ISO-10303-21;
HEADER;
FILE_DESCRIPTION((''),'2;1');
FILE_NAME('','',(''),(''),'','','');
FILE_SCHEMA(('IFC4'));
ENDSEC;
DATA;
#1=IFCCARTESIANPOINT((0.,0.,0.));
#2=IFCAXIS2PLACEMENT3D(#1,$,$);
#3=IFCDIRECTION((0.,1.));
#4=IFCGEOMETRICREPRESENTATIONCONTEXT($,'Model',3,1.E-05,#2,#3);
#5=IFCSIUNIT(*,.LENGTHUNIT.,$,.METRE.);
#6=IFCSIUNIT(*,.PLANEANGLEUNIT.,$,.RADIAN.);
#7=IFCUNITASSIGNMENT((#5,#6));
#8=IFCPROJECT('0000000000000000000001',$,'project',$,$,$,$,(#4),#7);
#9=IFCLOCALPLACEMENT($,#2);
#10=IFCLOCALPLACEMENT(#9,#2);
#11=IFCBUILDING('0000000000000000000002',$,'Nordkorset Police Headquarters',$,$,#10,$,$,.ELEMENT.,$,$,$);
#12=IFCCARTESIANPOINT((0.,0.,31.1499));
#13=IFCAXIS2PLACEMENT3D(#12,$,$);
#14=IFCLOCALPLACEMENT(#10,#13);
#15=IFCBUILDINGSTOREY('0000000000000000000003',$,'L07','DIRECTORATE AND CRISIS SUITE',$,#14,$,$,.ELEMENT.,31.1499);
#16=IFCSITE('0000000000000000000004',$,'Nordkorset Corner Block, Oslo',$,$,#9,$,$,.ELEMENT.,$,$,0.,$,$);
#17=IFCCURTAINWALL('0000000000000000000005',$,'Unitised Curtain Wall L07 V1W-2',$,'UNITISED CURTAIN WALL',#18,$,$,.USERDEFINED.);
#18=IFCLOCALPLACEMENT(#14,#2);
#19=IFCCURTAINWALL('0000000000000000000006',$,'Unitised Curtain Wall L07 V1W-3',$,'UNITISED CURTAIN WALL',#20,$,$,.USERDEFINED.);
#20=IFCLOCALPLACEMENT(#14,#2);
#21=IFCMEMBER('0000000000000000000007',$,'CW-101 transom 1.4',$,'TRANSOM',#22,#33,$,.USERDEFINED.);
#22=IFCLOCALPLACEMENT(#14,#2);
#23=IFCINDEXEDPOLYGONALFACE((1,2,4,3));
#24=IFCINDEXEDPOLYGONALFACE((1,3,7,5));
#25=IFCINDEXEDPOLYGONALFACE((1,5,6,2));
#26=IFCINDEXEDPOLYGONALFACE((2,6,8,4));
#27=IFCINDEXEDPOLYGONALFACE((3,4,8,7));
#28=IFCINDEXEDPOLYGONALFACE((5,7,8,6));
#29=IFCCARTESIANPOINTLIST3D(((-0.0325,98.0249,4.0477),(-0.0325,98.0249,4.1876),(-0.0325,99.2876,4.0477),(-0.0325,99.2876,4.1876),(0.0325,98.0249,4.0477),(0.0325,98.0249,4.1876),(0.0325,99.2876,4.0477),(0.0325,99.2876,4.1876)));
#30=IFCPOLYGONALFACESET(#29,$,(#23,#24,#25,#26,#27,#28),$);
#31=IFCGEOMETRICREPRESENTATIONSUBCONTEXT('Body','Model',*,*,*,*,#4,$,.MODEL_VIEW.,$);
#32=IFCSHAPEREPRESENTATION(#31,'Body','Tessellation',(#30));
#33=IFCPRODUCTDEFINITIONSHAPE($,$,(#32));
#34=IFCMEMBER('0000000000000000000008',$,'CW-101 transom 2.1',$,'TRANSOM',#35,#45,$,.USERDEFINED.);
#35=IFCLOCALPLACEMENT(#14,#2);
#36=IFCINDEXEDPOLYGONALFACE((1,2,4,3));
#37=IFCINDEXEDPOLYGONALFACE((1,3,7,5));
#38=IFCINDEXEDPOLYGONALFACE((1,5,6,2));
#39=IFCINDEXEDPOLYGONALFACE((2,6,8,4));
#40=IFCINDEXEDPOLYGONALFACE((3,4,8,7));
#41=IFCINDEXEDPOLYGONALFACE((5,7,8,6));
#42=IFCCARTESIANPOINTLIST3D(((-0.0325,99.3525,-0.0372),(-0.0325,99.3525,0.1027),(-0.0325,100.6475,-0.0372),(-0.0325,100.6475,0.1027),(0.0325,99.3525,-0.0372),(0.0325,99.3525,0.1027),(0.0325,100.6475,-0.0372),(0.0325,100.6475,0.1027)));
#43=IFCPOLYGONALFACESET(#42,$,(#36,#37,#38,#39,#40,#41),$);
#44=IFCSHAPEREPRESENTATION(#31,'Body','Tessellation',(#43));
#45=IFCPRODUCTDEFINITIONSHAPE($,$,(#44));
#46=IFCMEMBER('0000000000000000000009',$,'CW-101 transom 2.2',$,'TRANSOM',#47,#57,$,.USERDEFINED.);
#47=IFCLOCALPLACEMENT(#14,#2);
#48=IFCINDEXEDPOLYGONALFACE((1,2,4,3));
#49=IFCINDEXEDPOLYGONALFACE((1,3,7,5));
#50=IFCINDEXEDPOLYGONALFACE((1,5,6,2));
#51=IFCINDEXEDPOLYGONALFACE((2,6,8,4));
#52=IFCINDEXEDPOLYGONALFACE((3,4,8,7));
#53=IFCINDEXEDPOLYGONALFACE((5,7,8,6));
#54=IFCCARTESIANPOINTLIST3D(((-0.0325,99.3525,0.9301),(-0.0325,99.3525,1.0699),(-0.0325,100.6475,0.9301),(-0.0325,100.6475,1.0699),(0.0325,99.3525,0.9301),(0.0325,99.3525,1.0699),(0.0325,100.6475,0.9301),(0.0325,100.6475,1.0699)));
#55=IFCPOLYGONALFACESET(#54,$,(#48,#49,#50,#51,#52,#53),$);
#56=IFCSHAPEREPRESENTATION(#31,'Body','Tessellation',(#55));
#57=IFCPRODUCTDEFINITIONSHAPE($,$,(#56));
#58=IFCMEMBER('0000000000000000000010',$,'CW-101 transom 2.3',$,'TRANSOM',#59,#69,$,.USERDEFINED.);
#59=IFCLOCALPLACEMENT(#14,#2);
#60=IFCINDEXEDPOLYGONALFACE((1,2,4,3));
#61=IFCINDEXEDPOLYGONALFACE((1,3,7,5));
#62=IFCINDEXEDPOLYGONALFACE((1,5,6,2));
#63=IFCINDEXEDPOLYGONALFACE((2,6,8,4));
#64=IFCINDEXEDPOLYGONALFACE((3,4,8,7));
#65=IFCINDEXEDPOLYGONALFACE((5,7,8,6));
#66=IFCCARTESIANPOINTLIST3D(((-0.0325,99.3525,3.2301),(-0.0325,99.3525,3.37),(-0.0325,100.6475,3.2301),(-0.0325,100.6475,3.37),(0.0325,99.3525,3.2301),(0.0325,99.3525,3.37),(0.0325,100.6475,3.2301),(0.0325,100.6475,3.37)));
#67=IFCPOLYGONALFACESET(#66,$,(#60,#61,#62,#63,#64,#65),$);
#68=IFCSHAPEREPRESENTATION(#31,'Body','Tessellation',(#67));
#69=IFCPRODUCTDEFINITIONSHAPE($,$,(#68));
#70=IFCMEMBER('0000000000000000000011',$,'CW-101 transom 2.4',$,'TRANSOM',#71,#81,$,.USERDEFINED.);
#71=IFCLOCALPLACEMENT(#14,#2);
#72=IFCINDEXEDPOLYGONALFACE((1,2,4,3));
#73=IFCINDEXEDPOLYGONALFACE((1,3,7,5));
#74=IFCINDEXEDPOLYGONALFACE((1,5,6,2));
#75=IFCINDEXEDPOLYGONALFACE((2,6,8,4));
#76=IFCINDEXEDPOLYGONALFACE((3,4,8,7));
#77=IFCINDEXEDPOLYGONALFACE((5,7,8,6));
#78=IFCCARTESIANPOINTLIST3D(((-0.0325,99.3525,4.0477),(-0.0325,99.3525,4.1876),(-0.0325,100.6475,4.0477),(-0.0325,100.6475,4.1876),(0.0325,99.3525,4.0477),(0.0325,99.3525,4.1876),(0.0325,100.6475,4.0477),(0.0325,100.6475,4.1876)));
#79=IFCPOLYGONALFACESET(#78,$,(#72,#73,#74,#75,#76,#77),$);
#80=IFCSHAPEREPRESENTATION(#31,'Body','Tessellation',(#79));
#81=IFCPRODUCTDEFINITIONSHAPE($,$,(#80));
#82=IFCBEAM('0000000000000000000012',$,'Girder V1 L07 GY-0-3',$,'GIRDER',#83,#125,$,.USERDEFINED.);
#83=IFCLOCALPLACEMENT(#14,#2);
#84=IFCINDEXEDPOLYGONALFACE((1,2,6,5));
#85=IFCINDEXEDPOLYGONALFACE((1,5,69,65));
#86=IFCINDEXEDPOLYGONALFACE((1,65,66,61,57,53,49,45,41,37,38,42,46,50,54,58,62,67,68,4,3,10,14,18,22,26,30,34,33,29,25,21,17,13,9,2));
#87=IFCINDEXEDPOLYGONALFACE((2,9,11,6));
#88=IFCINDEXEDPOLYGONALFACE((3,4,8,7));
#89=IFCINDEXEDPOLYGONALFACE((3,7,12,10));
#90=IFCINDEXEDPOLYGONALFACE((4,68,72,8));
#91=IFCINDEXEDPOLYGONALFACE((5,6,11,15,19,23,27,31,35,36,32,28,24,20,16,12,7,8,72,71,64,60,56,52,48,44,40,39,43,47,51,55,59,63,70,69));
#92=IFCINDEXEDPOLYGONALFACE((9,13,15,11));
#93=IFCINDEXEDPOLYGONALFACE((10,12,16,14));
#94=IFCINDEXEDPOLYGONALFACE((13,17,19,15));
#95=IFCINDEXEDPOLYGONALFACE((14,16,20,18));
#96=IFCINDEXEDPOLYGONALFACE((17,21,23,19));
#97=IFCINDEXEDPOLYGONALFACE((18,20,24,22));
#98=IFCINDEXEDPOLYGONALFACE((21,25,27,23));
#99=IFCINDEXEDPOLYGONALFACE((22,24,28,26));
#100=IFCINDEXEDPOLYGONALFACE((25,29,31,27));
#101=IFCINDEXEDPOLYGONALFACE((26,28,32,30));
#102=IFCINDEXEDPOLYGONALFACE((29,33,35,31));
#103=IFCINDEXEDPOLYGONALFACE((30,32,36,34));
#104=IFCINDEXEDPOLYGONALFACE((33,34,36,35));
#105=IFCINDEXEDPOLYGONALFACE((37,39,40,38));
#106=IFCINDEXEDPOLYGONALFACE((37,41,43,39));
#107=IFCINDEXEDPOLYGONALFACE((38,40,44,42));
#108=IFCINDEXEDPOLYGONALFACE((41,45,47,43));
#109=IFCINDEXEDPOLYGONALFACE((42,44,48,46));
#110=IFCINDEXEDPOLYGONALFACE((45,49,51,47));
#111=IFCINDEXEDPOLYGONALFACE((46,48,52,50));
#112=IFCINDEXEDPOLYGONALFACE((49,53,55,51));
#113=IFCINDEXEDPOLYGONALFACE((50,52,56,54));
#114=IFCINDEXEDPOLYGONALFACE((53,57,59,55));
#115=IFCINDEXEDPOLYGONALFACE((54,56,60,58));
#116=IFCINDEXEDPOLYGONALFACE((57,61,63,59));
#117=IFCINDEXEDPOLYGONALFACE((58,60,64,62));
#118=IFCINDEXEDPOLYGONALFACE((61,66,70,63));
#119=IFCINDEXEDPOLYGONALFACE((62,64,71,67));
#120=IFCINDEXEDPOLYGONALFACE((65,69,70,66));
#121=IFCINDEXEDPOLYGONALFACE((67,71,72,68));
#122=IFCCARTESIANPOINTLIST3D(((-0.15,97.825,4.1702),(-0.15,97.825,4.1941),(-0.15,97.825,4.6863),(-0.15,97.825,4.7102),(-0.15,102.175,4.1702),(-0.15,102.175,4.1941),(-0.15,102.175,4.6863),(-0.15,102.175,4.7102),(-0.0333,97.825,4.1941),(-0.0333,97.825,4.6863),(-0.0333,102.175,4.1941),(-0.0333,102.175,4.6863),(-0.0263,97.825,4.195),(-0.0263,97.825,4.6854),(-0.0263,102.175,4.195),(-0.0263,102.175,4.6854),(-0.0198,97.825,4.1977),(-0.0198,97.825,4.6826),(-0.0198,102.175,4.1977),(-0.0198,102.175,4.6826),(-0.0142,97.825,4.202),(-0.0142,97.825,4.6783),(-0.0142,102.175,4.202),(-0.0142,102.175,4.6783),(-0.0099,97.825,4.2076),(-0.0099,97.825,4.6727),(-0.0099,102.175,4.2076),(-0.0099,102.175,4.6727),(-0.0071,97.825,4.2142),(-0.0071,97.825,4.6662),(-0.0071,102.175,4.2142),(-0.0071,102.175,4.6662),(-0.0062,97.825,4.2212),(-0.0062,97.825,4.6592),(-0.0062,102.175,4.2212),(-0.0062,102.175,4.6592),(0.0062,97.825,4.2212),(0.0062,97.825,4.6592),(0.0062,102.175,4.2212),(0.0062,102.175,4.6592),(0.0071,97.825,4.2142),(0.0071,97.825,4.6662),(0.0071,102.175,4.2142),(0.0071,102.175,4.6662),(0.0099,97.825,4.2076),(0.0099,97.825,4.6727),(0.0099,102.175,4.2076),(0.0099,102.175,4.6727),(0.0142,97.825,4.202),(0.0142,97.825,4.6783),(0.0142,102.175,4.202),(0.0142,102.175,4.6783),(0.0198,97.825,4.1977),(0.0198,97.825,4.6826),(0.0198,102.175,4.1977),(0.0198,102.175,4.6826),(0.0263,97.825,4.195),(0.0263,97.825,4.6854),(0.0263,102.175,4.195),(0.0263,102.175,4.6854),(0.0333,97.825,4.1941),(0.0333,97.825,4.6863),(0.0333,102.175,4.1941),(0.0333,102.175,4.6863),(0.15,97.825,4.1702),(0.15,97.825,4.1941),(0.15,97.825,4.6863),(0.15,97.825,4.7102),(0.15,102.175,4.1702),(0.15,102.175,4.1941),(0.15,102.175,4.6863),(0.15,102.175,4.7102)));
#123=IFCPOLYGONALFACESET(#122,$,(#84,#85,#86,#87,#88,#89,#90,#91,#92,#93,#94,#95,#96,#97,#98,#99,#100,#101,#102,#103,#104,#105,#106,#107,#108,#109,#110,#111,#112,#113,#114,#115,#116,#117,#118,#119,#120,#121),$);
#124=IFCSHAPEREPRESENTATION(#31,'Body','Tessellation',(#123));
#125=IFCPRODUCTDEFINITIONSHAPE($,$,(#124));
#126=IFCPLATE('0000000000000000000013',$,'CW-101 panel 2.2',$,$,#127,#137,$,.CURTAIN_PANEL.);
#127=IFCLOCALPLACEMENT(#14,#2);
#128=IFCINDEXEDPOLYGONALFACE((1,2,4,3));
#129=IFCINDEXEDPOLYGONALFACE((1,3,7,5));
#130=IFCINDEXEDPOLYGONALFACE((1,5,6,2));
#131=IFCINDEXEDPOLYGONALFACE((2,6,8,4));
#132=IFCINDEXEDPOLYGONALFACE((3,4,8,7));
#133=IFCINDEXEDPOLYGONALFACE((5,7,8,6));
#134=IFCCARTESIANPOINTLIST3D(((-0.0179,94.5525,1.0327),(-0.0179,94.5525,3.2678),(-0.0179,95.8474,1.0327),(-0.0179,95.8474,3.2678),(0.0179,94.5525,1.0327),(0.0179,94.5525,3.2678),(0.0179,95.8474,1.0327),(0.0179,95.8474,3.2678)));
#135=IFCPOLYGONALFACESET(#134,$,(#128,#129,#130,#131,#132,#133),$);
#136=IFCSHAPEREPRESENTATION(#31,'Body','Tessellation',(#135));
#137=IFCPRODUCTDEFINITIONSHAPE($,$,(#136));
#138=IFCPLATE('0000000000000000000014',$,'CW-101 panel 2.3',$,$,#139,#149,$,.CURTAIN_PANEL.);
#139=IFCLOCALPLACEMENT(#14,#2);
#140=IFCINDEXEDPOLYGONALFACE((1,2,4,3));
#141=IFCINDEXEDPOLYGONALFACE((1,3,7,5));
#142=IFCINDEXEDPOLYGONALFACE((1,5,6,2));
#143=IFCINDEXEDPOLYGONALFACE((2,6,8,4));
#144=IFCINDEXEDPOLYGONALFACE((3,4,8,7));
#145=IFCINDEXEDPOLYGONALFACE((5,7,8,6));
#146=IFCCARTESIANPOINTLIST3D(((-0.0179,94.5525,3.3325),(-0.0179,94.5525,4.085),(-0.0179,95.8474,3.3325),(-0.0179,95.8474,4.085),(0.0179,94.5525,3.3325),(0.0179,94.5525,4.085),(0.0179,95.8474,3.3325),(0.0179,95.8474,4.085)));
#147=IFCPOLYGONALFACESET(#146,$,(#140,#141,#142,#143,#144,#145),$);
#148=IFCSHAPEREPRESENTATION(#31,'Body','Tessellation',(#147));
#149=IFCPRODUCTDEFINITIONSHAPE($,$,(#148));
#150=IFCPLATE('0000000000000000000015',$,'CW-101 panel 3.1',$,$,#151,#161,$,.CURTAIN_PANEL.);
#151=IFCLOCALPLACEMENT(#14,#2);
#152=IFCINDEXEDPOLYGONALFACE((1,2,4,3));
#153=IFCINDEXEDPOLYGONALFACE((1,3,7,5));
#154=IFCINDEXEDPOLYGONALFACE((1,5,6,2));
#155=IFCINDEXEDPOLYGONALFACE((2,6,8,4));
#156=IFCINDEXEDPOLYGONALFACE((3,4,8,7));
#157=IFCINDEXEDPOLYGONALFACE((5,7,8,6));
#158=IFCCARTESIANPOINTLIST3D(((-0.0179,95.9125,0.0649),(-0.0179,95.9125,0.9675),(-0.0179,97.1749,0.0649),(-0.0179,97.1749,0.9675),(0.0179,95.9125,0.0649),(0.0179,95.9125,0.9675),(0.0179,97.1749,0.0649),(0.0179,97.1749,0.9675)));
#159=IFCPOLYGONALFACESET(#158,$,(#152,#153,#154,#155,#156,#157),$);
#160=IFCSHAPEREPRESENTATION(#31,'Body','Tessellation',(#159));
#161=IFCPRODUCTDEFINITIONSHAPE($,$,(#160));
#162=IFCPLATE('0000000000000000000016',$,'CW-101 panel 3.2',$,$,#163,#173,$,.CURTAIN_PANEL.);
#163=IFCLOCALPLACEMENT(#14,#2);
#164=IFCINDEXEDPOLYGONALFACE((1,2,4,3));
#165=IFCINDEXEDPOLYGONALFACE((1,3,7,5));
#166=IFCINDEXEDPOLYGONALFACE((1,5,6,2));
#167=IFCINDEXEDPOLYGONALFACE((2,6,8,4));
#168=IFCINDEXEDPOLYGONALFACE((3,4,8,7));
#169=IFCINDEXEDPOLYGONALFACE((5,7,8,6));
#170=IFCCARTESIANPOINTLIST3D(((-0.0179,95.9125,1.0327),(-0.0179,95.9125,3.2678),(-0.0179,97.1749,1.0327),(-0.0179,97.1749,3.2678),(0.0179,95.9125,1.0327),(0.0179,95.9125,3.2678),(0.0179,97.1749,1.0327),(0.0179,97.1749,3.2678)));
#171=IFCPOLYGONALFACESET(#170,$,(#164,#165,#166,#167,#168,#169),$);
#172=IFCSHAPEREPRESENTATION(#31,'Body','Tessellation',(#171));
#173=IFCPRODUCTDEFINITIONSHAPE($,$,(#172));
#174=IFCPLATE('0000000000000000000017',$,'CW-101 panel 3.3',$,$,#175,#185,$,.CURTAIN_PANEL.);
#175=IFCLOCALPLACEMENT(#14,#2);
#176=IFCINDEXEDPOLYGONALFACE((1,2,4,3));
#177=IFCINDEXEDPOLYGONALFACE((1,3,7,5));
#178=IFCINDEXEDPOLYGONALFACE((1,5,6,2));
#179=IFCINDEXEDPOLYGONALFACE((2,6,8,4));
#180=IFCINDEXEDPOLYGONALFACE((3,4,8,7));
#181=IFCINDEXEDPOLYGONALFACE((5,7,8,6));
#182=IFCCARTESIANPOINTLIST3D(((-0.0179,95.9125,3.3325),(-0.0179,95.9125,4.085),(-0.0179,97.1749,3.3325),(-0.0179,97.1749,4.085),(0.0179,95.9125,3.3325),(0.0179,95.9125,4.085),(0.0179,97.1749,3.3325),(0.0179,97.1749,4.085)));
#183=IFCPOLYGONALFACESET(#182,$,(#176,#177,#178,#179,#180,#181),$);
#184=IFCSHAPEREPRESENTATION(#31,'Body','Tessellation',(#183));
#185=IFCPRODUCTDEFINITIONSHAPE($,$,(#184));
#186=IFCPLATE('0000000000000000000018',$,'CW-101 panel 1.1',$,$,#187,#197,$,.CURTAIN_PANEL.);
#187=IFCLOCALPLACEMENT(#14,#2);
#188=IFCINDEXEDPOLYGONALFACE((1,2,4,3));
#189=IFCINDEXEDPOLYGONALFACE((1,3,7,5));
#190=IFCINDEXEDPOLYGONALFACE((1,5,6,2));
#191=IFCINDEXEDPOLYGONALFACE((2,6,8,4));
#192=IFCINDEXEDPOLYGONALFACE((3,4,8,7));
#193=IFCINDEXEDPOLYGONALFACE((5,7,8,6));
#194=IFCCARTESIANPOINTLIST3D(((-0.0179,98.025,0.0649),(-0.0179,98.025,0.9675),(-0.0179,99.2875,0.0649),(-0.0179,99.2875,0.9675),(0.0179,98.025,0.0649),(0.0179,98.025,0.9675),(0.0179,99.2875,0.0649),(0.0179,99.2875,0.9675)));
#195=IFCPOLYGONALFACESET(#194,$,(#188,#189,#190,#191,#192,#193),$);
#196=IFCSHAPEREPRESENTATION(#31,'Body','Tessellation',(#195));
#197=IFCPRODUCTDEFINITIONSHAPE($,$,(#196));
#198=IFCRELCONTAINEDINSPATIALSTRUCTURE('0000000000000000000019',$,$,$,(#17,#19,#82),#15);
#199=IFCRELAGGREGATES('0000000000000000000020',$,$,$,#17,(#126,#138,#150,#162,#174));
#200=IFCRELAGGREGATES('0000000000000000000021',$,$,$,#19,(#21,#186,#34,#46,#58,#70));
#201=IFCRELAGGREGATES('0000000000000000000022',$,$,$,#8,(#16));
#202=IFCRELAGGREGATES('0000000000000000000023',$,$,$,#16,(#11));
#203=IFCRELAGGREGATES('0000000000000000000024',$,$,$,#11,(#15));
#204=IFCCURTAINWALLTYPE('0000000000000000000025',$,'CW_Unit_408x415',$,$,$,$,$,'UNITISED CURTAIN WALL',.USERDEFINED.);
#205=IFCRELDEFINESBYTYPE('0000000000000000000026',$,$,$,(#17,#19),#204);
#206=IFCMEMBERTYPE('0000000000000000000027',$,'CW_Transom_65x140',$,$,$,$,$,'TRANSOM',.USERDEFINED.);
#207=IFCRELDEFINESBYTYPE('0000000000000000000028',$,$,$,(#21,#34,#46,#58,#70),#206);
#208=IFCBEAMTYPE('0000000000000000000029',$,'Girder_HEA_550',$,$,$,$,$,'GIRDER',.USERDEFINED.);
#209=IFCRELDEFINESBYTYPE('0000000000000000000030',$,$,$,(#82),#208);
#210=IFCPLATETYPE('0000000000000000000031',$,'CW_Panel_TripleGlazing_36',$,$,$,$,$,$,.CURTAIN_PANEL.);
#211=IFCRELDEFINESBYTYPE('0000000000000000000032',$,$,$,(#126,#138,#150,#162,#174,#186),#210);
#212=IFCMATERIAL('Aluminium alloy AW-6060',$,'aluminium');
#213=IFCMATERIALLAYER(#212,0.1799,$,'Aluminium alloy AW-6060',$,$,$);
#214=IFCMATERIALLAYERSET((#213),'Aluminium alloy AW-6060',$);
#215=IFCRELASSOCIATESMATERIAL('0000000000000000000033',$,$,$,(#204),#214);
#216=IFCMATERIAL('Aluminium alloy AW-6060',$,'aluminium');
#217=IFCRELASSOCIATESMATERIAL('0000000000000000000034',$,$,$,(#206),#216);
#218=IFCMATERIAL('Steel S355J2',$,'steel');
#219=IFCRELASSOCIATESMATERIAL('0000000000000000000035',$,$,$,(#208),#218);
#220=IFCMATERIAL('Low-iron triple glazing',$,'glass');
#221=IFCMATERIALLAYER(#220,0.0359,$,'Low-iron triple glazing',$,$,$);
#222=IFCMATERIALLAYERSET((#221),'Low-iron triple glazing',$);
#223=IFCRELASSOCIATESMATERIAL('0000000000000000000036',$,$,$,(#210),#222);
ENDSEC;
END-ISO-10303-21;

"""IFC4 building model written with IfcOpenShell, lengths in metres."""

from ifc_helpers import new_model, si_unit, direction, frame, origin, origin_2d, place, context, subcontext, project, spatial, rectangle, i_section, extrude, material, layer, layer_set, material_profile, profile_set, type_object, element, aggregate, save


model = new_model("IFC4")

# Units and contexts
model_context = context("Model", 3, precision=1e-05, world=origin(), true_north=direction((0.0, 1.0)))
body_context = subcontext(model_context, "Body", "Model", "MODEL_VIEW")
ifc_project = project(units=[si_unit("LENGTHUNIT", "METRE"), si_unit("PLANEANGLEUNIT", "RADIAN")], contexts=[model_context])

# Site, building, storey
site_placement = place(None, origin())
site = spatial("IfcSite", under=ifc_project, at=site_placement, Name="Nordkorset Corner Block, Oslo", CompositionType="ELEMENT", RefElevation=0.0)
building_placement = place(site_placement, origin())
building = spatial("IfcBuilding", under=site, at=building_placement, Name="Nordkorset Police Headquarters", CompositionType="ELEMENT")
storey_placement = place(building_placement, frame((0.0, 0.0, 31.1499)))
storey = spatial("IfcBuildingStorey", under=building, at=storey_placement, Name="L07", Description="DIRECTORATE AND CRISIS SUITE", CompositionType="ELEMENT", Elevation=31.1499)

# Curtain walls
ifc_material_1 = material(Name="Aluminium alloy AW-6060", Category="aluminium")
ifc_layer_1 = layer(ifc_material_1, 0.1799, Name="Aluminium alloy AW-6060")
ifc_layer_set_1 = layer_set([ifc_layer_1], Name="Aluminium alloy AW-6060")
curtain_wall_type = type_object("IfcCurtainWallType", Name="CW_Unit_408x415", ElementType="UNITISED CURTAIN WALL", PredefinedType="USERDEFINED", material=ifc_layer_set_1)
curtain_wall_1_placement = place(storey_placement, origin())
curtain_wall_1 = element("IfcCurtainWall", 1, at=curtain_wall_1_placement, inside=storey, type_object=curtain_wall_type, Name="Unitised Curtain Wall L07 V1W-2", ObjectType="UNITISED CURTAIN WALL", PredefinedType="USERDEFINED")
curtain_wall_2_placement = place(storey_placement, origin())
curtain_wall_2 = element("IfcCurtainWall", 2, at=curtain_wall_2_placement, inside=storey, type_object=curtain_wall_type, Name="Unitised Curtain Wall L07 V1W-3", ObjectType="UNITISED CURTAIN WALL", PredefinedType="USERDEFINED")

# Members
ifc_material_2 = material(Name="Aluminium alloy AW-6060", Category="aluminium")
ifc_material_profile_1 = material_profile(ifc_material_2, rectangle(XDim=0.0649, YDim=0.1399, at=origin_2d()), Name="ALU TRAN 65x140")
ifc_profile_set_1 = profile_set([ifc_material_profile_1], Name="Aluminium alloy AW-6060")
member_type_1 = type_object("IfcMemberType", Name="CW_Transom_65x140", ElementType="TRANSOM", PredefinedType="USERDEFINED", material=ifc_profile_set_1)
member_1_placement = place(storey_placement, frame((0.0, 98.0249, 4.1177), z_axis=(0.0, 1.0, 0.0), x_axis=(-1.0, 0.0, 0.0)))
member_1 = element("IfcMember", 3, at=member_1_placement, type_object=member_type_1, Name="CW-101 transom 1.4", ObjectType="TRANSOM", PredefinedType="USERDEFINED", context=body_context, shape_type="SweptSolid", body=[
    extrude(rectangle(XDim=0.0649, YDim=0.1399, at=origin_2d()), origin(), (0.0, 0.0, 1.0), 1.2627),
])
member_2_placement = place(storey_placement, frame((0.0, 99.3525, 0.0327), z_axis=(0.0, 1.0, 0.0), x_axis=(-1.0, 0.0, 0.0)))
member_2 = element("IfcMember", 4, at=member_2_placement, type_object=member_type_1, Name="CW-101 transom 2.1", ObjectType="TRANSOM", PredefinedType="USERDEFINED", context=body_context, shape_type="SweptSolid", body=[
    extrude(rectangle(XDim=0.0649, YDim=0.1399, at=origin_2d()), origin(), (0.0, 0.0, 1.0), 1.2949),
])
member_3_placement = place(storey_placement, frame((0.0, 99.3525, 1.0), z_axis=(0.0, 1.0, 0.0), x_axis=(-1.0, 0.0, 0.0)))
member_3 = element("IfcMember", 5, at=member_3_placement, type_object=member_type_1, Name="CW-101 transom 2.2", ObjectType="TRANSOM", PredefinedType="USERDEFINED", context=body_context, shape_type="SweptSolid", body=[
    extrude(rectangle(XDim=0.0649, YDim=0.1399, at=origin_2d()), origin(), (0.0, 0.0, 1.0), 1.2949),
])
member_4_placement = place(storey_placement, frame((0.0, 99.3525, 3.3), z_axis=(0.0, 1.0, 0.0), x_axis=(-1.0, 0.0, 0.0)))
member_4 = element("IfcMember", 6, at=member_4_placement, type_object=member_type_1, Name="CW-101 transom 2.3", ObjectType="TRANSOM", PredefinedType="USERDEFINED", context=body_context, shape_type="SweptSolid", body=[
    extrude(rectangle(XDim=0.0649, YDim=0.1399, at=origin_2d()), origin(), (0.0, 0.0, 1.0), 1.2949),
])
member_5_placement = place(storey_placement, frame((0.0, 99.3525, 4.1177), z_axis=(0.0, 1.0, 0.0), x_axis=(-1.0, 0.0, 0.0)))
member_5 = element("IfcMember", 7, at=member_5_placement, type_object=member_type_1, Name="CW-101 transom 2.4", ObjectType="TRANSOM", PredefinedType="USERDEFINED", context=body_context, shape_type="SweptSolid", body=[
    extrude(rectangle(XDim=0.0649, YDim=0.1399, at=origin_2d()), origin(), (0.0, 0.0, 1.0), 1.2949),
])

# Beam
ifc_material_3 = material(Name="Steel S355J2", Category="steel")
ifc_material_profile_2 = material_profile(ifc_material_3, i_section(OverallWidth=0.3, OverallDepth=0.54, WebThickness=0.0125, FlangeThickness=0.0239, FilletRadius=0.0271, at=origin_2d()), Name="HEA 550")
ifc_profile_set_2 = profile_set([ifc_material_profile_2], Name="Steel S355J2")
beam_type = type_object("IfcBeamType", Name="Girder_HEA_550", ElementType="GIRDER", PredefinedType="USERDEFINED", material=ifc_profile_set_2)
beam_placement = place(storey_placement, frame((0.0, 97.825, 4.4402), z_axis=(0.0, 1.0, 0.0), x_axis=(-1.0, 0.0, 0.0)))
element("IfcBeam", 8, at=beam_placement, inside=storey, type_object=beam_type, Name="Girder V1 L07 GY-0-3", ObjectType="GIRDER", PredefinedType="USERDEFINED", context=body_context, shape_type="SweptSolid", body=[
    extrude(i_section(OverallWidth=0.3, OverallDepth=0.54, WebThickness=0.0125, FlangeThickness=0.0239, FilletRadius=0.0271, at=origin_2d()), origin(), (0.0, 0.0, 1.0), 4.3501),
])

# Plates
ifc_material_4 = material(Name="Low-iron triple glazing", Category="glass")
ifc_layer_2 = layer(ifc_material_4, 0.0359, Name="Low-iron triple glazing")
ifc_layer_set_2 = layer_set([ifc_layer_2], Name="Low-iron triple glazing")
plate_type = type_object("IfcPlateType", Name="CW_Panel_TripleGlazing_36", PredefinedType="CURTAIN_PANEL", material=ifc_layer_set_2)
plate_1_placement = place(storey_placement, frame((0.0, 95.2, 1.0327), z_axis=(0.0, 0.0, 1.0), x_axis=(0.0, 1.0, 0.0)))
plate_1 = element("IfcPlate", 9, at=plate_1_placement, type_object=plate_type, Name="CW-101 panel 2.2", PredefinedType="CURTAIN_PANEL", context=body_context, shape_type="SweptSolid", body=[
    extrude(rectangle(XDim=1.2949, YDim=0.0359, at=origin_2d()), origin(), (0.0, 0.0, 1.0), 2.2351),
])
plate_2_placement = place(storey_placement, frame((0.0, 95.2, 3.3325), z_axis=(0.0, 0.0, 1.0), x_axis=(0.0, 1.0, 0.0)))
plate_2 = element("IfcPlate", 10, at=plate_2_placement, type_object=plate_type, Name="CW-101 panel 2.3", PredefinedType="CURTAIN_PANEL", context=body_context, shape_type="SweptSolid", body=[
    extrude(rectangle(XDim=1.2949, YDim=0.0359, at=origin_2d()), origin(), (0.0, 0.0, 1.0), 0.7524),
])
plate_3_placement = place(storey_placement, frame((0.0, 96.5437, 0.0649), z_axis=(0.0, 0.0, 1.0), x_axis=(0.0, 1.0, 0.0)))
plate_3 = element("IfcPlate", 11, at=plate_3_placement, type_object=plate_type, Name="CW-101 panel 3.1", PredefinedType="CURTAIN_PANEL", context=body_context, shape_type="SweptSolid", body=[
    extrude(rectangle(XDim=1.2625, YDim=0.0359, at=origin_2d()), origin(), (0.0, 0.0, 1.0), 0.9026),
])
plate_4_placement = place(storey_placement, frame((0.0, 96.5437, 1.0327), z_axis=(0.0, 0.0, 1.0), x_axis=(0.0, 1.0, 0.0)))
plate_4 = element("IfcPlate", 12, at=plate_4_placement, type_object=plate_type, Name="CW-101 panel 3.2", PredefinedType="CURTAIN_PANEL", context=body_context, shape_type="SweptSolid", body=[
    extrude(rectangle(XDim=1.2625, YDim=0.0359, at=origin_2d()), origin(), (0.0, 0.0, 1.0), 2.2351),
])
plate_5_placement = place(storey_placement, frame((0.0, 96.5437, 3.3325), z_axis=(0.0, 0.0, 1.0), x_axis=(0.0, 1.0, 0.0)))
plate_5 = element("IfcPlate", 13, at=plate_5_placement, type_object=plate_type, Name="CW-101 panel 3.3", PredefinedType="CURTAIN_PANEL", context=body_context, shape_type="SweptSolid", body=[
    extrude(rectangle(XDim=1.2625, YDim=0.0359, at=origin_2d()), origin(), (0.0, 0.0, 1.0), 0.7524),
])
aggregate(curtain_wall_1, [plate_1, plate_2, plate_3, plate_4, plate_5])
plate_6_placement = place(storey_placement, frame((0.0, 98.6562, 0.0649), z_axis=(0.0, 0.0, 1.0), x_axis=(0.0, 1.0, 0.0)))
plate_6 = element("IfcPlate", 14, at=plate_6_placement, type_object=plate_type, Name="CW-101 panel 1.1", PredefinedType="CURTAIN_PANEL", context=body_context, shape_type="SweptSolid", body=[
    extrude(rectangle(XDim=1.2625, YDim=0.0359, at=origin_2d()), origin(), (0.0, 0.0, 1.0), 0.9026),
])
aggregate(curtain_wall_2, [member_1, plate_6, member_2, member_3, member_4, member_5])

save(model, "model.ifc")
